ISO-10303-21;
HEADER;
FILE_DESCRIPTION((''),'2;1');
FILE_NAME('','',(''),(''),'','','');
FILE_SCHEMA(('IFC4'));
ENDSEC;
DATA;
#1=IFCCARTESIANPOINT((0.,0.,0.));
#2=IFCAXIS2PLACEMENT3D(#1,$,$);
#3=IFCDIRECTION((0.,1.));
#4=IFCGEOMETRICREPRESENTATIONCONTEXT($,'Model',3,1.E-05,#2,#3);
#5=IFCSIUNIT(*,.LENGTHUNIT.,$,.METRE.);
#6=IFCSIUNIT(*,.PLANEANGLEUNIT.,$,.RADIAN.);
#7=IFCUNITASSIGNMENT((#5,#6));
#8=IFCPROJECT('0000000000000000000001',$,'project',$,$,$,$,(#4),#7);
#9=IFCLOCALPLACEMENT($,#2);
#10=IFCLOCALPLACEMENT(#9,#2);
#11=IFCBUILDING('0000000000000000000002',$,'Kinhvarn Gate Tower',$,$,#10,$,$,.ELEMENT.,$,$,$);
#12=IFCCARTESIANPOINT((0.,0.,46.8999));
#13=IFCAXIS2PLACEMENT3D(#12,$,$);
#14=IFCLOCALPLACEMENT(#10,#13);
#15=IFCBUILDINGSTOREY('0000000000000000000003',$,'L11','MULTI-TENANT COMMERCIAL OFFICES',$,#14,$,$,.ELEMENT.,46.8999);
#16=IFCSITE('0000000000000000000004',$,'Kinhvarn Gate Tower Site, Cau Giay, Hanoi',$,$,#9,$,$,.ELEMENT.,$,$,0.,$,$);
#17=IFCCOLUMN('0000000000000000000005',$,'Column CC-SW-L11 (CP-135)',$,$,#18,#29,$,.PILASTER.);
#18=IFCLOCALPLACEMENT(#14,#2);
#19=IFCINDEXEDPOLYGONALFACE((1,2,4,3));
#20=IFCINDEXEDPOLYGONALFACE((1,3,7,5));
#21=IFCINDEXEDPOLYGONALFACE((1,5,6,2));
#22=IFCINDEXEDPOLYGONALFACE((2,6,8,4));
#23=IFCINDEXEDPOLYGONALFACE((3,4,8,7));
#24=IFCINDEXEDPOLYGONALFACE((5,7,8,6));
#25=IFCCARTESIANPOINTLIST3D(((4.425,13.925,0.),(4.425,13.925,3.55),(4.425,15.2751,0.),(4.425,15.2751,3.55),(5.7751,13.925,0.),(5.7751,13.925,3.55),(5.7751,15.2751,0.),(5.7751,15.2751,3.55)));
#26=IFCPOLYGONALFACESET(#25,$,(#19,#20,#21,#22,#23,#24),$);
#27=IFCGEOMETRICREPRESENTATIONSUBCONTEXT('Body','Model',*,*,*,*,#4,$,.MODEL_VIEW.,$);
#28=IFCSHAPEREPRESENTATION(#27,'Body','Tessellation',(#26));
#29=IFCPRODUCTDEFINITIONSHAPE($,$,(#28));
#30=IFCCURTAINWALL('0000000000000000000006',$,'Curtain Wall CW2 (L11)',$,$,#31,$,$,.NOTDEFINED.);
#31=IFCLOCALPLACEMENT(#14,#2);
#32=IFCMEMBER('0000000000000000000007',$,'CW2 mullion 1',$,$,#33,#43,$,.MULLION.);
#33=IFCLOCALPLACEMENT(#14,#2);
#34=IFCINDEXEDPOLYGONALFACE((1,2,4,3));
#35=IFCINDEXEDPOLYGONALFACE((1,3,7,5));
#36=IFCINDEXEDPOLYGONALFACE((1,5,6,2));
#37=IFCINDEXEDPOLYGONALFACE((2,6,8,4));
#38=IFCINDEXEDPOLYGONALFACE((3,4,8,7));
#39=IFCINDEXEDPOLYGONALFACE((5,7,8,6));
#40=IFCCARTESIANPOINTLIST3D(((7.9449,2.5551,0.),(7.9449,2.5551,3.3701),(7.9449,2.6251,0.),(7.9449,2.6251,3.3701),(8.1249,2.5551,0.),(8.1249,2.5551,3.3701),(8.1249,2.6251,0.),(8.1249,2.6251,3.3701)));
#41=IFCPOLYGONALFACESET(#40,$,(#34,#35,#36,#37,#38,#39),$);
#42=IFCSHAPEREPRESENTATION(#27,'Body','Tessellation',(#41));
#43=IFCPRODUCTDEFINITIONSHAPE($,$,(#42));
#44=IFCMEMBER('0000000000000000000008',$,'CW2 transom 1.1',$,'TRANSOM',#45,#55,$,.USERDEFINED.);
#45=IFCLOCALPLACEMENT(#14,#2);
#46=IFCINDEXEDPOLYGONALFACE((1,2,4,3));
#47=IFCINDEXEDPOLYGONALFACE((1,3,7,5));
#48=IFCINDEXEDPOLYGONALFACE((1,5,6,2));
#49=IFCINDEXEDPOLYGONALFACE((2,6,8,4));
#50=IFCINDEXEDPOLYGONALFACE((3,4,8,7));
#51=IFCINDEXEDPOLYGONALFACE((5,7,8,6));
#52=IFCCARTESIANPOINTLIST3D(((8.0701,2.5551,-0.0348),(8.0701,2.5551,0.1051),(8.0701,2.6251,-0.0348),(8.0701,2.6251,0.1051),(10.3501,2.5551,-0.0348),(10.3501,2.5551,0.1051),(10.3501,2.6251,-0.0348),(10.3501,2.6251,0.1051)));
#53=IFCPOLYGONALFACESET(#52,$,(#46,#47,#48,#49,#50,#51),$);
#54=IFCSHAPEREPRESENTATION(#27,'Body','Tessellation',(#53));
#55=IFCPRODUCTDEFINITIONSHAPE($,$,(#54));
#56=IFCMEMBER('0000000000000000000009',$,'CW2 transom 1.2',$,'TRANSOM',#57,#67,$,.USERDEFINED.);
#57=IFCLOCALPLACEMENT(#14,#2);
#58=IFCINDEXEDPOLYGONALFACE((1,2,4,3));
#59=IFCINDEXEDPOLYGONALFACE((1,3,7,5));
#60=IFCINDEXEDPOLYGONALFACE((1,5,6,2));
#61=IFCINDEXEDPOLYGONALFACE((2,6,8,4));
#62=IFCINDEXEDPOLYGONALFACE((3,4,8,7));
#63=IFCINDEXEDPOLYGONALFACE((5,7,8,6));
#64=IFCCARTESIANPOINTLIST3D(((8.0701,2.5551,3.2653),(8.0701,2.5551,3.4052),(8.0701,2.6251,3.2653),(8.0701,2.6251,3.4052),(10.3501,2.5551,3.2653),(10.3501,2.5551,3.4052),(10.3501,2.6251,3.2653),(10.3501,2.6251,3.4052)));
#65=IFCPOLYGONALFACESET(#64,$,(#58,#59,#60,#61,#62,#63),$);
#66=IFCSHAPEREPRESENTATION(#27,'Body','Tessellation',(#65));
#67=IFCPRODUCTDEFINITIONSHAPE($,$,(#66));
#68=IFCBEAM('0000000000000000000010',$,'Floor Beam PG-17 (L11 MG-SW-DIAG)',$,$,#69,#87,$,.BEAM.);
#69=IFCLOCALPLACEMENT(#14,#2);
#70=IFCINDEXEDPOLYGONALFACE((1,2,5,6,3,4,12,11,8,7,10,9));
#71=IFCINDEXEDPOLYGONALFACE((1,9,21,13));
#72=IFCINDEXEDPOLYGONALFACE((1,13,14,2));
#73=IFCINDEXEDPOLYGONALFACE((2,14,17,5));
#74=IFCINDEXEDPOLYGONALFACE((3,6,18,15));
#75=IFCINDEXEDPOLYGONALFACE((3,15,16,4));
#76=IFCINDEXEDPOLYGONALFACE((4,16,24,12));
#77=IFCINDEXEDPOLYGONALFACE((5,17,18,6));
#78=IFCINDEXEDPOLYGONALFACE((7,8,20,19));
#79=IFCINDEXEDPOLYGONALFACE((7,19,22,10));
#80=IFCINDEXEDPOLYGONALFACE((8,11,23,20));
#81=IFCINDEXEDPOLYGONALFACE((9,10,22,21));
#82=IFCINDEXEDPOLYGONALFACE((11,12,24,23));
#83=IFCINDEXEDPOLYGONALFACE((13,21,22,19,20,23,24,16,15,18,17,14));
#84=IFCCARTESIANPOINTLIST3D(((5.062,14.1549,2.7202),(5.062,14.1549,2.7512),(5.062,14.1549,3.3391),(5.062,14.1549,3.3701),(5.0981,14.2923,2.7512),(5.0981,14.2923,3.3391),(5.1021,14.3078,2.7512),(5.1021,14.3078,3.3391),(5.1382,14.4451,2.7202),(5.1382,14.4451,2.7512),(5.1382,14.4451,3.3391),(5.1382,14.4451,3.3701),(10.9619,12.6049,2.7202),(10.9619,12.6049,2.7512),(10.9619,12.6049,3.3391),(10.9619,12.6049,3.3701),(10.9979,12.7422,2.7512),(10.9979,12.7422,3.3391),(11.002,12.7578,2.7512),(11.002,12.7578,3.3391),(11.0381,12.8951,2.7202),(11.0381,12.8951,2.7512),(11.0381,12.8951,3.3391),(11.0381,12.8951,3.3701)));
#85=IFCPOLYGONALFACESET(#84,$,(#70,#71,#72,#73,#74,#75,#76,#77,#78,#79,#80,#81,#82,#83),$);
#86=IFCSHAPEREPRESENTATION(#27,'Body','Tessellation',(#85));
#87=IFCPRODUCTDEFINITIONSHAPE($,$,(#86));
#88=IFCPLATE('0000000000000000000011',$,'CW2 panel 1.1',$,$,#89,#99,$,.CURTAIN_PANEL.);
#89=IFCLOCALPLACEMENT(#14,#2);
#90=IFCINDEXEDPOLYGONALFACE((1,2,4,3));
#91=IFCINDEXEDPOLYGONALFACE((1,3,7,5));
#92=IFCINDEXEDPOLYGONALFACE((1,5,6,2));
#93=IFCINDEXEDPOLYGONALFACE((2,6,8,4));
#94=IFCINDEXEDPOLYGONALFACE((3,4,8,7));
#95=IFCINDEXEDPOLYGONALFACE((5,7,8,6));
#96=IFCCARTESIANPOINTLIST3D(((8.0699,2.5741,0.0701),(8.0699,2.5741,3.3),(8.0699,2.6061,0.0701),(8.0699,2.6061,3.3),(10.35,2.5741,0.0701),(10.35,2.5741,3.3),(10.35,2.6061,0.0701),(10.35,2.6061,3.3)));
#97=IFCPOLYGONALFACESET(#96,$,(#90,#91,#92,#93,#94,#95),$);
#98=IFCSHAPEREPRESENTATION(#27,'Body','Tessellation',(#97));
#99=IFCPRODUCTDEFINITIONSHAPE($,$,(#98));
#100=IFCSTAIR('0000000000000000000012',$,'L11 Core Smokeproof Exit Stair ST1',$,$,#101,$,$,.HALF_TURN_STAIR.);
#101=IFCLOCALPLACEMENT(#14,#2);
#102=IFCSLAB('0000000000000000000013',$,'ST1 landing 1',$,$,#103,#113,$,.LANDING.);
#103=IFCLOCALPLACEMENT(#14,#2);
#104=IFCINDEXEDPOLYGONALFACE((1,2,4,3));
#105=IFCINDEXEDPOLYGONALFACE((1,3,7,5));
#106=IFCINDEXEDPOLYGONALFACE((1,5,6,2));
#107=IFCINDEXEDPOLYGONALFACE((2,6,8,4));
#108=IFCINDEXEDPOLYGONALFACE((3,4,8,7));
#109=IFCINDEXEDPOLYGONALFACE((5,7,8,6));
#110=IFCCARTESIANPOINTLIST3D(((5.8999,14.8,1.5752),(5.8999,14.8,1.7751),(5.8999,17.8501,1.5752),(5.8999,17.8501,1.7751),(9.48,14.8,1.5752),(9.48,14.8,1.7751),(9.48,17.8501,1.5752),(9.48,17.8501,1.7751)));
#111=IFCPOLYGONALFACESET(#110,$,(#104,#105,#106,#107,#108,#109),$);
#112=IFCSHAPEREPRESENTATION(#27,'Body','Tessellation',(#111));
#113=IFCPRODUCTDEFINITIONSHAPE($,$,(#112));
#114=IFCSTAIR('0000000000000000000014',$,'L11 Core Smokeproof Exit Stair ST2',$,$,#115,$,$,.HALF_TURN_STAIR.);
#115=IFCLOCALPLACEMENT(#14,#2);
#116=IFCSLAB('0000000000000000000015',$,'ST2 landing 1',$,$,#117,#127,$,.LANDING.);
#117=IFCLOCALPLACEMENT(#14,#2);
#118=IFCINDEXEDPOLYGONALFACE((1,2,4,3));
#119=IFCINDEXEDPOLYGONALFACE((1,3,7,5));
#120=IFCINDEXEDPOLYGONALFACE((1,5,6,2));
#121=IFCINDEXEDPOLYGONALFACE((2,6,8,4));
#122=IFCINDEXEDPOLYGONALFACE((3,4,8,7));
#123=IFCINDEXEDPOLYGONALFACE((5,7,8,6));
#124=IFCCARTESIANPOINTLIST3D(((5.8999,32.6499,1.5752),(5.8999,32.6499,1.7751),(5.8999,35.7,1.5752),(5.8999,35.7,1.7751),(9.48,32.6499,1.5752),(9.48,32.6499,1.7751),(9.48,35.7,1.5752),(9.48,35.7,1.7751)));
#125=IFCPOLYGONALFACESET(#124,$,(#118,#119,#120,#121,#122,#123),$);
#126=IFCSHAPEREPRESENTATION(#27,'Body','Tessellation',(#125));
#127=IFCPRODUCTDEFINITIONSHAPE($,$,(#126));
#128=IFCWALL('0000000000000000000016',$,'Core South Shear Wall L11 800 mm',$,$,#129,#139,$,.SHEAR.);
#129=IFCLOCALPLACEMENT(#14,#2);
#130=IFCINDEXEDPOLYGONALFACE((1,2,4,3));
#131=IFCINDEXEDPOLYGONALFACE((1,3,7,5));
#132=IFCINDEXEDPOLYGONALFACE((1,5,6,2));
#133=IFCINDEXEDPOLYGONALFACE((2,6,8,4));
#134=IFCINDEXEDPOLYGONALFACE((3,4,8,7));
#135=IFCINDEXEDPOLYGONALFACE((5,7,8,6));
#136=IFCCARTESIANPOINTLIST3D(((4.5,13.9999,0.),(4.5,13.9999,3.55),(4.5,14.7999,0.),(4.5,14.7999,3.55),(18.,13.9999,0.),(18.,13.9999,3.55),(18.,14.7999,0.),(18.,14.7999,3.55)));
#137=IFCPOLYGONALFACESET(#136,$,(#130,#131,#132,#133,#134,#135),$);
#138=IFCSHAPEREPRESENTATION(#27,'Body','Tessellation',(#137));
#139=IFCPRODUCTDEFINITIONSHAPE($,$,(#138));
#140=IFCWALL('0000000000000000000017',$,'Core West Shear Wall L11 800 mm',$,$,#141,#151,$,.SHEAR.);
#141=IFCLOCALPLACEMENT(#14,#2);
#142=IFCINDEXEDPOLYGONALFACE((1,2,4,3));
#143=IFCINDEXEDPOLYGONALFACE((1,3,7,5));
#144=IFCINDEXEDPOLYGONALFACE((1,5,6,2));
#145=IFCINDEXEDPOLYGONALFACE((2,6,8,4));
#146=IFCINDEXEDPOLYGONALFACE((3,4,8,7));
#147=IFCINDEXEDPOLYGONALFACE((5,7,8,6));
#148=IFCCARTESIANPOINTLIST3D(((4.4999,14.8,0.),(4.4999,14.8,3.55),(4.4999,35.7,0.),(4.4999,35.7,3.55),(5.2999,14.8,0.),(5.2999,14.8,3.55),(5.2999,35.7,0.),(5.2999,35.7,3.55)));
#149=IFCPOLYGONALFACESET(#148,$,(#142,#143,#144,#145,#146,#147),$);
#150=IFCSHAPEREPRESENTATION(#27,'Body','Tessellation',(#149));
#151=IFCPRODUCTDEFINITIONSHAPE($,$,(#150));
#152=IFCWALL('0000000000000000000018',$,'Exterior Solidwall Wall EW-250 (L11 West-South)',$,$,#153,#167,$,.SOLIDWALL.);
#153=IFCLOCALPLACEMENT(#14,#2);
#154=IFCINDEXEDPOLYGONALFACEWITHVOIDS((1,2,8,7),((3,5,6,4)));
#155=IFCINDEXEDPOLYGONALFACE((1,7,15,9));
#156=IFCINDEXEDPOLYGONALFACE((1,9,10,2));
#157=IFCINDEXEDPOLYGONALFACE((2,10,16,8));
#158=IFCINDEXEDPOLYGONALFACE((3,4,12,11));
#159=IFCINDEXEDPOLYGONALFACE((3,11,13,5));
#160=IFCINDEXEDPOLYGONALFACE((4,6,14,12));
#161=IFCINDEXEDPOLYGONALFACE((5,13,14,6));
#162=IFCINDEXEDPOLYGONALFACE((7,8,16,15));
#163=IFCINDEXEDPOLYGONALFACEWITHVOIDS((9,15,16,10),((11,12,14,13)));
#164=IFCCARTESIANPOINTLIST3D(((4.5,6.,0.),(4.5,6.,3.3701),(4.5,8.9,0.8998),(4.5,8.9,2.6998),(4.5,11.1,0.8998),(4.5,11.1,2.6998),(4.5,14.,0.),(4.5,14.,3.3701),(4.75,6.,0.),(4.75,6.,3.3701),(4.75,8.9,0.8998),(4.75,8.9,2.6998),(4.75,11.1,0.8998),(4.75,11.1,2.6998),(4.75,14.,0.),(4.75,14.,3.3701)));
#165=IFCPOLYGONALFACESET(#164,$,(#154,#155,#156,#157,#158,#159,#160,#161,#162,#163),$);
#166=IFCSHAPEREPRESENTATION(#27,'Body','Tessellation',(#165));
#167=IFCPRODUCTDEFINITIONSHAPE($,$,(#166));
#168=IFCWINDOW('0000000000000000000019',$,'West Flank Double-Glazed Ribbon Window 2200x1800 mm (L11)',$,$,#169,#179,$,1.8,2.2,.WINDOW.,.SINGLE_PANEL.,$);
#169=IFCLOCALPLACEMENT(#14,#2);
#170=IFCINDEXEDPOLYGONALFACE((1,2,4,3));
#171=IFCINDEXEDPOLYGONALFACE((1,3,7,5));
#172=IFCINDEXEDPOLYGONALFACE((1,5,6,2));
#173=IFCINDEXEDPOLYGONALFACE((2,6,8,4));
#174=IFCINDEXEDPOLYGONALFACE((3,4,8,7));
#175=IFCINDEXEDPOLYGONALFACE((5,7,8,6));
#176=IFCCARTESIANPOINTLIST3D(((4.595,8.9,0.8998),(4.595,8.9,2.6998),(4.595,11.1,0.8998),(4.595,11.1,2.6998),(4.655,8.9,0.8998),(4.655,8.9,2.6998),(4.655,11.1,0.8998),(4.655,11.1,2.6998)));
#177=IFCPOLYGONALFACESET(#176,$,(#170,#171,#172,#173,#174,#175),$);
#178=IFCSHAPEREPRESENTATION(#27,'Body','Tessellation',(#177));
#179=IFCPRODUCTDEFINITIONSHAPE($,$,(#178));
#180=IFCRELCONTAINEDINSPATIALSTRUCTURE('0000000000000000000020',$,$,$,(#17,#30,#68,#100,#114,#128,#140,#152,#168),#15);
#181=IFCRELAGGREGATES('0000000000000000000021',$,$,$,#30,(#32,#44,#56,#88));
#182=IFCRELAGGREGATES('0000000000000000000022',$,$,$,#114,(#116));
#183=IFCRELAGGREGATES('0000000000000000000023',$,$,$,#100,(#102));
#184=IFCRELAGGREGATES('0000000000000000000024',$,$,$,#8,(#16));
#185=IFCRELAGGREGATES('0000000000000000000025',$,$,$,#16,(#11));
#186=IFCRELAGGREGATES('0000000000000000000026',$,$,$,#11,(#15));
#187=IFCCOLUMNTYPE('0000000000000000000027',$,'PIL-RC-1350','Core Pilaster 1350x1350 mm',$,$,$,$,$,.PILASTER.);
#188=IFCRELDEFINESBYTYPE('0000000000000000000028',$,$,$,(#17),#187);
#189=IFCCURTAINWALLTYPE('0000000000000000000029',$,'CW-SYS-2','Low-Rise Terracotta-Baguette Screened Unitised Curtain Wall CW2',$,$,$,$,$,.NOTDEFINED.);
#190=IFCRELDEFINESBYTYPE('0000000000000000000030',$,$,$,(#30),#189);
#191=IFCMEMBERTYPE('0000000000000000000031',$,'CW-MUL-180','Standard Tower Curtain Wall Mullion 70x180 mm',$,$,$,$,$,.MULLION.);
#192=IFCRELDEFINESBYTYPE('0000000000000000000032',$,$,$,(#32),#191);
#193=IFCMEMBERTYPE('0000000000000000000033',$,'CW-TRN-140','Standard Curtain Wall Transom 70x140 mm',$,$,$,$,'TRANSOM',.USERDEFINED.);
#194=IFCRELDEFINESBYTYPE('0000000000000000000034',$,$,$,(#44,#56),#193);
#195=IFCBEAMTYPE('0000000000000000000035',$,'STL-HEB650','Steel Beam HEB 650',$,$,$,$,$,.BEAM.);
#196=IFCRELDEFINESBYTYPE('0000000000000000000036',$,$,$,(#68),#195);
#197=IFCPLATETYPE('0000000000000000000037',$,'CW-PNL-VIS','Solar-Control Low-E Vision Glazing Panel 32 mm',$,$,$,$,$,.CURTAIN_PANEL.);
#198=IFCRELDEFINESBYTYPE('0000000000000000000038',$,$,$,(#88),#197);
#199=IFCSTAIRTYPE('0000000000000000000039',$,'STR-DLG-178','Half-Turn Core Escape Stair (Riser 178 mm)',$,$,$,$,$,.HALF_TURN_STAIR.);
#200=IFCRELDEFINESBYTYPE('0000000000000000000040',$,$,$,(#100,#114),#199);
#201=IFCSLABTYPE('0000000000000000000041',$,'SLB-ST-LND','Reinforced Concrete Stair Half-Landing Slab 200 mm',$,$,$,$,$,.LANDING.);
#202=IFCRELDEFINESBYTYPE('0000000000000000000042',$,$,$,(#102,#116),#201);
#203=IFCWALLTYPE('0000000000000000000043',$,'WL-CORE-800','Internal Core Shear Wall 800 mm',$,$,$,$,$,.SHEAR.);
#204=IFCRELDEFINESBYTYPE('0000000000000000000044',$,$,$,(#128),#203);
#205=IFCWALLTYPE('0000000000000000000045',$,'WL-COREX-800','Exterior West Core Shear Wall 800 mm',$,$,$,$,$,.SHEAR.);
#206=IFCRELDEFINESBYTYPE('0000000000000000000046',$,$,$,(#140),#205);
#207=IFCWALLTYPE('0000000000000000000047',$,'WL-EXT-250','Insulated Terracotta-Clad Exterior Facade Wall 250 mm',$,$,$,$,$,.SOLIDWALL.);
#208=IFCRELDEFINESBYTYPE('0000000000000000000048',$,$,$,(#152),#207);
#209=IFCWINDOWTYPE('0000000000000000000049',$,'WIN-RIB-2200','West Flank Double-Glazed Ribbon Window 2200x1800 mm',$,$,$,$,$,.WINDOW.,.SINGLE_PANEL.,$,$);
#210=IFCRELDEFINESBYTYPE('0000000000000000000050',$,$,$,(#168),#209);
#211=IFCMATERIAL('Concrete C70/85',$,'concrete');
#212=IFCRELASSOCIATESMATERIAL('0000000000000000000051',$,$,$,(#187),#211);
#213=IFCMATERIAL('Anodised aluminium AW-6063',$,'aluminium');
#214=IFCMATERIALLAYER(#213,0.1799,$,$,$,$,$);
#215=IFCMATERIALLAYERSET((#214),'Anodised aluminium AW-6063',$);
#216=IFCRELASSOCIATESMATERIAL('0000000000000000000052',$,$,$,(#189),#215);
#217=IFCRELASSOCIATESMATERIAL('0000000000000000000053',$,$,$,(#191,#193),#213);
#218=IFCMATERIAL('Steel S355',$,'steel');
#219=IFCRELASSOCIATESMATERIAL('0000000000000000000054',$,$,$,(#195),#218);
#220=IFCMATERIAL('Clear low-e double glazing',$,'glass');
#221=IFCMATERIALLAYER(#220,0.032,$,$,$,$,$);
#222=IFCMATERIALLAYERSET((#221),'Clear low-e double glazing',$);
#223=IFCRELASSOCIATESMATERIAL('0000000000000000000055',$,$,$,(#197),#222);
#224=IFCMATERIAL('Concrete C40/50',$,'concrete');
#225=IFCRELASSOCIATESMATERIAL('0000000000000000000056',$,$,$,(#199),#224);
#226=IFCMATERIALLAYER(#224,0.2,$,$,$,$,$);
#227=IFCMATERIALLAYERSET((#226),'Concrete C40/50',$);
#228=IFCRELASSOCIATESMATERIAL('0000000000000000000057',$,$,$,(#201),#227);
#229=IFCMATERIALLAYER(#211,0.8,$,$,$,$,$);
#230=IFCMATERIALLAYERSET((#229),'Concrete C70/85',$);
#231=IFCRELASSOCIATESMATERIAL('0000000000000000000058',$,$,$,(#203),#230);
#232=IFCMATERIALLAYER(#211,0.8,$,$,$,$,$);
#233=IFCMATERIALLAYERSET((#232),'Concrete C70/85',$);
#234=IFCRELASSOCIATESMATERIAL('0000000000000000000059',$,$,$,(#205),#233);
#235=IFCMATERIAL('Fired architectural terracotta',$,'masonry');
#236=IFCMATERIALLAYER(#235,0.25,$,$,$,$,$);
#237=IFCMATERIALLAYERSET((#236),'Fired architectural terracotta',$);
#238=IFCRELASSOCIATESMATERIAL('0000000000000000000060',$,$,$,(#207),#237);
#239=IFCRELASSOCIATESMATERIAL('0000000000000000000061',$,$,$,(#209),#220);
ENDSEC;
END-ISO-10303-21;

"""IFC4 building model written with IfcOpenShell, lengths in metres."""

from ifc_helpers import new_model, si_unit, direction, frame, frame_2d, origin, origin_2d, place, context, subcontext, project, spatial, polyline, rectangle, i_section, outline, extrude, material, layer, layer_set, material_profile, profile_set, type_object, element, fill, aggregate, save


model = new_model("IFC4")

# Units and contexts
model_context = context("Model", 3, precision=1e-05, world=origin(), true_north=direction((0.0, 1.0)))
body_context = subcontext(model_context, "Body", "Model", "MODEL_VIEW")
ifc_project = project(units=[si_unit("LENGTHUNIT", "METRE"), si_unit("PLANEANGLEUNIT", "RADIAN")], contexts=[model_context])

# Site, building, storey
site_placement = place(None, origin())
site = spatial("IfcSite", under=ifc_project, at=site_placement, Name="Kinhvarn Gate Tower Site, Cau Giay, Hanoi", CompositionType="ELEMENT", RefElevation=0.0)
building_placement = place(site_placement, origin())
building = spatial("IfcBuilding", under=site, at=building_placement, Name="Kinhvarn Gate Tower", CompositionType="ELEMENT")
storey_placement = place(building_placement, frame((0.0, 0.0, 46.8999)))
storey = spatial("IfcBuildingStorey", under=building, at=storey_placement, Name="L11", Description="MULTI-TENANT COMMERCIAL OFFICES", CompositionType="ELEMENT", Elevation=46.8999)

# Column
ifc_material_1 = material(Name="Concrete C70/85", Category="concrete")
ifc_material_profile_1 = material_profile(ifc_material_1, rectangle(XDim=1.3501, YDim=1.3501, at=origin_2d()), Name="RC 1350x1350")
ifc_profile_set_1 = profile_set([ifc_material_profile_1], Name="Concrete C70/85")
column_type = type_object("IfcColumnType", Name="PIL-RC-1350", Description="Core Pilaster 1350x1350 mm", PredefinedType="PILASTER", material=ifc_profile_set_1)
column_placement = place(storey_placement, frame((5.1001, 14.6001, 0.0), z_axis=(0.0, 0.0, 1.0), x_axis=(1.0, 0.0, 0.0)))
element("IfcColumn", 1, at=column_placement, inside=storey, type_object=column_type, Name="Column CC-SW-L11 (CP-135)", PredefinedType="PILASTER", context=body_context, shape_type="SweptSolid", body=[
    extrude(rectangle(XDim=1.3501, YDim=1.3501, at=origin_2d()), origin(), (0.0, 0.0, 1.0), 3.55),
])

# Curtain wall, members
ifc_material_2 = material(Name="Anodised aluminium AW-6063", Category="aluminium")
ifc_layer_1 = layer(ifc_material_2, 0.1799)
ifc_layer_set_1 = layer_set([ifc_layer_1], Name="Anodised aluminium AW-6063")
curtain_wall_type = type_object("IfcCurtainWallType", Name="CW-SYS-2", Description="Low-Rise Terracotta-Baguette Screened Unitised Curtain Wall CW2", PredefinedType="NOTDEFINED", material=ifc_layer_set_1)
curtain_wall_placement = place(storey_placement, origin())
curtain_wall = element("IfcCurtainWall", 2, at=curtain_wall_placement, inside=storey, type_object=curtain_wall_type, Name="Curtain Wall CW2 (L11)", PredefinedType="NOTDEFINED")
ifc_material_profile_2 = material_profile(ifc_material_2, rectangle(XDim=0.0701, YDim=0.1799, at=origin_2d()), Name="ALU 70x180")
ifc_profile_set_2 = profile_set([ifc_material_profile_2], Name="Anodised aluminium AW-6063")
member_type_1 = type_object("IfcMemberType", Name="CW-MUL-180", Description="Standard Tower Curtain Wall Mullion 70x180 mm", PredefinedType="MULLION", material=ifc_profile_set_2)
member_1_placement = place(storey_placement, frame((8.0349, 2.5901, 0.0), z_axis=(0.0, 0.0, 1.0), x_axis=(0.0, 1.0, 0.0)))
member_1 = element("IfcMember", 3, at=member_1_placement, type_object=member_type_1, Name="CW2 mullion 1", PredefinedType="MULLION", context=body_context, shape_type="SweptSolid", body=[
    extrude(rectangle(XDim=0.0701, YDim=0.1799, at=origin_2d()), origin(), (0.0, 0.0, 1.0), 3.3701),
])
ifc_material_profile_3 = material_profile(ifc_material_2, rectangle(XDim=0.0701, YDim=0.1399, at=origin_2d()), Name="ALU 70x140")
ifc_profile_set_3 = profile_set([ifc_material_profile_3], Name="Anodised aluminium AW-6063")
member_type_2 = type_object("IfcMemberType", Name="CW-TRN-140", Description="Standard Curtain Wall Transom 70x140 mm", ElementType="TRANSOM", PredefinedType="USERDEFINED", material=ifc_profile_set_3)
member_2_placement = place(storey_placement, frame((8.0701, 2.5901, 0.0352), z_axis=(1.0, 0.0, 0.0), x_axis=(0.0, 1.0, 0.0)))
member_2 = element("IfcMember", 4, at=member_2_placement, type_object=member_type_2, Name="CW2 transom 1.1", ObjectType="TRANSOM", PredefinedType="USERDEFINED", context=body_context, shape_type="SweptSolid", body=[
    extrude(rectangle(XDim=0.0701, YDim=0.1399, at=origin_2d()), origin(), (0.0, 0.0, 1.0), 2.28),
])
member_3_placement = place(storey_placement, frame((8.0701, 2.5901, 3.3352), z_axis=(1.0, 0.0, 0.0), x_axis=(0.0, 1.0, 0.0)))
member_3 = element("IfcMember", 5, at=member_3_placement, type_object=member_type_2, Name="CW2 transom 1.2", ObjectType="TRANSOM", PredefinedType="USERDEFINED", context=body_context, shape_type="SweptSolid", body=[
    extrude(rectangle(XDim=0.0701, YDim=0.1399, at=origin_2d()), origin(), (0.0, 0.0, 1.0), 2.28),
])

# Beam
ifc_material_3 = material(Name="Steel S355", Category="steel")
ifc_material_profile_4 = material_profile(ifc_material_3, i_section(OverallWidth=0.3, OverallDepth=0.6499, WebThickness=0.0161, FlangeThickness=0.031, at=origin_2d()), Name="HEB 650")
ifc_profile_set_4 = profile_set([ifc_material_profile_4], Name="Steel S355")
beam_type = type_object("IfcBeamType", Name="STL-HEB650", Description="Steel Beam HEB 650", PredefinedType="BEAM", material=ifc_profile_set_4)
beam_placement = place(storey_placement, frame((5.1001, 14.3, 3.0452), z_axis=(0.967178, -0.254101, 0.0), x_axis=(0.254101, 0.967178, 0.0)))
element("IfcBeam", 6, at=beam_placement, inside=storey, type_object=beam_type, Name="Floor Beam PG-17 (L11 MG-SW-DIAG)", PredefinedType="BEAM", context=body_context, shape_type="SweptSolid", body=[
    extrude(i_section(OverallWidth=0.3, OverallDepth=0.6499, WebThickness=0.0161, FlangeThickness=0.031, at=origin_2d()), origin(), (0.0, 0.0, 1.0), 6.1001),
])

# Plate
ifc_material_4 = material(Name="Clear low-e double glazing", Category="glass")
ifc_layer_2 = layer(ifc_material_4, 0.032)
ifc_layer_set_2 = layer_set([ifc_layer_2], Name="Clear low-e double glazing")
plate_type = type_object("IfcPlateType", Name="CW-PNL-VIS", Description="Solar-Control Low-E Vision Glazing Panel 32 mm", PredefinedType="CURTAIN_PANEL", material=ifc_layer_set_2)
plate_placement = place(storey_placement, frame((9.21, 2.5901, 0.0701), z_axis=(0.0, 0.0, 1.0), x_axis=(1.0, 0.0, 0.0)))
plate = element("IfcPlate", 7, at=plate_placement, type_object=plate_type, Name="CW2 panel 1.1", PredefinedType="CURTAIN_PANEL", context=body_context, shape_type="SweptSolid", body=[
    extrude(rectangle(XDim=2.28, YDim=0.032, at=origin_2d()), origin(), (0.0, 0.0, 1.0), 3.23),
])
aggregate(curtain_wall, [member_1, member_2, member_3, plate])

# Stairs, slabs
ifc_material_5 = material(Name="Concrete C40/50", Category="concrete")
stair_type = type_object("IfcStairType", Name="STR-DLG-178", Description="Half-Turn Core Escape Stair (Riser 178 mm)", PredefinedType="HALF_TURN_STAIR", material=ifc_material_5)
stair_1_placement = place(storey_placement, origin())
stair_1 = element("IfcStair", 8, at=stair_1_placement, inside=storey, type_object=stair_type, Name="L11 Core Smokeproof Exit Stair ST1", PredefinedType="HALF_TURN_STAIR")
ifc_layer_3 = layer(ifc_material_5, 0.2)
ifc_layer_set_3 = layer_set([ifc_layer_3], Name="Concrete C40/50")
slab_type = type_object("IfcSlabType", Name="SLB-ST-LND", Description="Reinforced Concrete Stair Half-Landing Slab 200 mm", PredefinedType="LANDING", material=ifc_layer_set_3)
slab_1_placement = place(storey_placement, frame((0.0, 0.0, 1.5752)))
slab_1 = element("IfcSlab", 9, at=slab_1_placement, type_object=slab_type, Name="ST1 landing 1", PredefinedType="LANDING", context=body_context, shape_type="SweptSolid", body=[
    extrude(outline(polyline([(9.48, 17.8501), (5.8999, 17.8501), (5.8999, 14.8), (9.48, 14.8), (9.48, 17.8501)])), origin(), (0.0, 0.0, 1.0), 0.2),
])
stair_2_placement = place(storey_placement, origin())
stair_2 = element("IfcStair", 10, at=stair_2_placement, inside=storey, type_object=stair_type, Name="L11 Core Smokeproof Exit Stair ST2", PredefinedType="HALF_TURN_STAIR")
slab_2_placement = place(storey_placement, frame((0.0, 0.0, 1.5752)))
slab_2 = element("IfcSlab", 11, at=slab_2_placement, type_object=slab_type, Name="ST2 landing 1", PredefinedType="LANDING", context=body_context, shape_type="SweptSolid", body=[
    extrude(outline(polyline([(9.48, 35.7), (5.8999, 35.7), (5.8999, 32.6499), (9.48, 32.6499), (9.48, 35.7)])), origin(), (0.0, 0.0, 1.0), 0.2),
])
aggregate(stair_2, [slab_2])

# Walls
ifc_layer_4 = layer(ifc_material_1, 0.8)
ifc_layer_set_4 = layer_set([ifc_layer_4], Name="Concrete C70/85")
wall_type_1 = type_object("IfcWallType", Name="WL-CORE-800", Description="Internal Core Shear Wall 800 mm", PredefinedType="SHEAR", material=ifc_layer_set_4)
wall_1_placement = place(storey_placement, frame((4.5, 14.3999, 0.0), z_axis=(0.0, 0.0, 1.0), x_axis=(1.0, 0.0, 0.0)))
element("IfcWall", 12, at=wall_1_placement, inside=storey, type_object=wall_type_1, Name="Core South Shear Wall L11 800 mm", PredefinedType="SHEAR", context=body_context, shape_type="SweptSolid", body=[
    extrude(rectangle(XDim=13.5, YDim=0.8, at=frame_2d((6.75, 0.0))), origin(), (0.0, 0.0, 1.0), 3.55),
])
ifc_layer_5 = layer(ifc_material_1, 0.8)
ifc_layer_set_5 = layer_set([ifc_layer_5], Name="Concrete C70/85")
wall_type_2 = type_object("IfcWallType", Name="WL-COREX-800", Description="Exterior West Core Shear Wall 800 mm", PredefinedType="SHEAR", material=ifc_layer_set_5)
wall_2_placement = place(storey_placement, frame((4.8999, 14.8, 0.0), z_axis=(0.0, 0.0, 1.0), x_axis=(0.0, 1.0, 0.0)))
element("IfcWall", 13, at=wall_2_placement, inside=storey, type_object=wall_type_2, Name="Core West Shear Wall L11 800 mm", PredefinedType="SHEAR", context=body_context, shape_type="SweptSolid", body=[
    extrude(rectangle(XDim=20.8999, YDim=0.8, at=frame_2d((10.45, 0.0))), origin(), (0.0, 0.0, 1.0), 3.55),
])

# Wall, opening, window
ifc_material_6 = material(Name="Fired architectural terracotta", Category="masonry")
ifc_layer_6 = layer(ifc_material_6, 0.25)
ifc_layer_set_6 = layer_set([ifc_layer_6], Name="Fired architectural terracotta")
wall_type_3 = type_object("IfcWallType", Name="WL-EXT-250", Description="Insulated Terracotta-Clad Exterior Facade Wall 250 mm", PredefinedType="SOLIDWALL", material=ifc_layer_set_6)
wall_3_placement = place(storey_placement, frame((4.625, 14.0, 0.0), z_axis=(0.0, 0.0, 1.0), x_axis=(0.0, -1.0, 0.0)))
wall_3 = element("IfcWall", 14, at=wall_3_placement, inside=storey, type_object=wall_type_3, Name="Exterior Solidwall Wall EW-250 (L11 West-South)", PredefinedType="SOLIDWALL", context=body_context, shape_type="SweptSolid", body=[
    extrude(rectangle(XDim=8.0, YDim=0.25, at=frame_2d((4.0, 0.0))), origin(), (0.0, 0.0, 1.0), 3.3701),
])
opening_1_placement = place(wall_3_placement, frame((2.8999, 0.0, 0.8999)))
opening_1 = element("IfcOpeningElement", 15, at=opening_1_placement, cuts=wall_3, PredefinedType="OPENING", context=body_context, shape_type="SweptSolid", body=[
    extrude(rectangle(XDim=2.2, YDim=1.8, at=frame_2d((1.1001, 0.8999))), frame((0.0, 0.135, 0.0), z_axis=(0.0, -1.0, 0.0), x_axis=(1.0, 0.0, 0.0)), (0.0, 0.0, 1.0), 0.27),
])
window_type_1 = type_object("IfcWindowType", Name="WIN-RIB-2200", Description="West Flank Double-Glazed Ribbon Window 2200x1800 mm", PartitioningType="SINGLE_PANEL", PredefinedType="WINDOW", material=ifc_material_4)
window_1_placement = place(opening_1_placement, origin())
window_1 = element("IfcWindow", 16, at=window_1_placement, inside=storey, type_object=window_type_1, Name="West Flank Double-Glazed Ribbon Window 2200x1800 mm (L11)", OverallHeight=1.8, OverallWidth=2.2, PartitioningType="SINGLE_PANEL", PredefinedType="WINDOW", context=body_context, shape_type="SweptSolid", body=[
    extrude(rectangle(XDim=2.2, YDim=1.8, at=frame_2d((1.1001, 0.8999))), frame((0.0, 0.03, 0.0), z_axis=(0.0, -1.0, 0.0), x_axis=(1.0, 0.0, 0.0)), (0.0, 0.0, 1.0), 0.0601),
])
fill(opening_1, window_1)

aggregate(stair_1, [slab_1])

save(model, "model.ifc")
